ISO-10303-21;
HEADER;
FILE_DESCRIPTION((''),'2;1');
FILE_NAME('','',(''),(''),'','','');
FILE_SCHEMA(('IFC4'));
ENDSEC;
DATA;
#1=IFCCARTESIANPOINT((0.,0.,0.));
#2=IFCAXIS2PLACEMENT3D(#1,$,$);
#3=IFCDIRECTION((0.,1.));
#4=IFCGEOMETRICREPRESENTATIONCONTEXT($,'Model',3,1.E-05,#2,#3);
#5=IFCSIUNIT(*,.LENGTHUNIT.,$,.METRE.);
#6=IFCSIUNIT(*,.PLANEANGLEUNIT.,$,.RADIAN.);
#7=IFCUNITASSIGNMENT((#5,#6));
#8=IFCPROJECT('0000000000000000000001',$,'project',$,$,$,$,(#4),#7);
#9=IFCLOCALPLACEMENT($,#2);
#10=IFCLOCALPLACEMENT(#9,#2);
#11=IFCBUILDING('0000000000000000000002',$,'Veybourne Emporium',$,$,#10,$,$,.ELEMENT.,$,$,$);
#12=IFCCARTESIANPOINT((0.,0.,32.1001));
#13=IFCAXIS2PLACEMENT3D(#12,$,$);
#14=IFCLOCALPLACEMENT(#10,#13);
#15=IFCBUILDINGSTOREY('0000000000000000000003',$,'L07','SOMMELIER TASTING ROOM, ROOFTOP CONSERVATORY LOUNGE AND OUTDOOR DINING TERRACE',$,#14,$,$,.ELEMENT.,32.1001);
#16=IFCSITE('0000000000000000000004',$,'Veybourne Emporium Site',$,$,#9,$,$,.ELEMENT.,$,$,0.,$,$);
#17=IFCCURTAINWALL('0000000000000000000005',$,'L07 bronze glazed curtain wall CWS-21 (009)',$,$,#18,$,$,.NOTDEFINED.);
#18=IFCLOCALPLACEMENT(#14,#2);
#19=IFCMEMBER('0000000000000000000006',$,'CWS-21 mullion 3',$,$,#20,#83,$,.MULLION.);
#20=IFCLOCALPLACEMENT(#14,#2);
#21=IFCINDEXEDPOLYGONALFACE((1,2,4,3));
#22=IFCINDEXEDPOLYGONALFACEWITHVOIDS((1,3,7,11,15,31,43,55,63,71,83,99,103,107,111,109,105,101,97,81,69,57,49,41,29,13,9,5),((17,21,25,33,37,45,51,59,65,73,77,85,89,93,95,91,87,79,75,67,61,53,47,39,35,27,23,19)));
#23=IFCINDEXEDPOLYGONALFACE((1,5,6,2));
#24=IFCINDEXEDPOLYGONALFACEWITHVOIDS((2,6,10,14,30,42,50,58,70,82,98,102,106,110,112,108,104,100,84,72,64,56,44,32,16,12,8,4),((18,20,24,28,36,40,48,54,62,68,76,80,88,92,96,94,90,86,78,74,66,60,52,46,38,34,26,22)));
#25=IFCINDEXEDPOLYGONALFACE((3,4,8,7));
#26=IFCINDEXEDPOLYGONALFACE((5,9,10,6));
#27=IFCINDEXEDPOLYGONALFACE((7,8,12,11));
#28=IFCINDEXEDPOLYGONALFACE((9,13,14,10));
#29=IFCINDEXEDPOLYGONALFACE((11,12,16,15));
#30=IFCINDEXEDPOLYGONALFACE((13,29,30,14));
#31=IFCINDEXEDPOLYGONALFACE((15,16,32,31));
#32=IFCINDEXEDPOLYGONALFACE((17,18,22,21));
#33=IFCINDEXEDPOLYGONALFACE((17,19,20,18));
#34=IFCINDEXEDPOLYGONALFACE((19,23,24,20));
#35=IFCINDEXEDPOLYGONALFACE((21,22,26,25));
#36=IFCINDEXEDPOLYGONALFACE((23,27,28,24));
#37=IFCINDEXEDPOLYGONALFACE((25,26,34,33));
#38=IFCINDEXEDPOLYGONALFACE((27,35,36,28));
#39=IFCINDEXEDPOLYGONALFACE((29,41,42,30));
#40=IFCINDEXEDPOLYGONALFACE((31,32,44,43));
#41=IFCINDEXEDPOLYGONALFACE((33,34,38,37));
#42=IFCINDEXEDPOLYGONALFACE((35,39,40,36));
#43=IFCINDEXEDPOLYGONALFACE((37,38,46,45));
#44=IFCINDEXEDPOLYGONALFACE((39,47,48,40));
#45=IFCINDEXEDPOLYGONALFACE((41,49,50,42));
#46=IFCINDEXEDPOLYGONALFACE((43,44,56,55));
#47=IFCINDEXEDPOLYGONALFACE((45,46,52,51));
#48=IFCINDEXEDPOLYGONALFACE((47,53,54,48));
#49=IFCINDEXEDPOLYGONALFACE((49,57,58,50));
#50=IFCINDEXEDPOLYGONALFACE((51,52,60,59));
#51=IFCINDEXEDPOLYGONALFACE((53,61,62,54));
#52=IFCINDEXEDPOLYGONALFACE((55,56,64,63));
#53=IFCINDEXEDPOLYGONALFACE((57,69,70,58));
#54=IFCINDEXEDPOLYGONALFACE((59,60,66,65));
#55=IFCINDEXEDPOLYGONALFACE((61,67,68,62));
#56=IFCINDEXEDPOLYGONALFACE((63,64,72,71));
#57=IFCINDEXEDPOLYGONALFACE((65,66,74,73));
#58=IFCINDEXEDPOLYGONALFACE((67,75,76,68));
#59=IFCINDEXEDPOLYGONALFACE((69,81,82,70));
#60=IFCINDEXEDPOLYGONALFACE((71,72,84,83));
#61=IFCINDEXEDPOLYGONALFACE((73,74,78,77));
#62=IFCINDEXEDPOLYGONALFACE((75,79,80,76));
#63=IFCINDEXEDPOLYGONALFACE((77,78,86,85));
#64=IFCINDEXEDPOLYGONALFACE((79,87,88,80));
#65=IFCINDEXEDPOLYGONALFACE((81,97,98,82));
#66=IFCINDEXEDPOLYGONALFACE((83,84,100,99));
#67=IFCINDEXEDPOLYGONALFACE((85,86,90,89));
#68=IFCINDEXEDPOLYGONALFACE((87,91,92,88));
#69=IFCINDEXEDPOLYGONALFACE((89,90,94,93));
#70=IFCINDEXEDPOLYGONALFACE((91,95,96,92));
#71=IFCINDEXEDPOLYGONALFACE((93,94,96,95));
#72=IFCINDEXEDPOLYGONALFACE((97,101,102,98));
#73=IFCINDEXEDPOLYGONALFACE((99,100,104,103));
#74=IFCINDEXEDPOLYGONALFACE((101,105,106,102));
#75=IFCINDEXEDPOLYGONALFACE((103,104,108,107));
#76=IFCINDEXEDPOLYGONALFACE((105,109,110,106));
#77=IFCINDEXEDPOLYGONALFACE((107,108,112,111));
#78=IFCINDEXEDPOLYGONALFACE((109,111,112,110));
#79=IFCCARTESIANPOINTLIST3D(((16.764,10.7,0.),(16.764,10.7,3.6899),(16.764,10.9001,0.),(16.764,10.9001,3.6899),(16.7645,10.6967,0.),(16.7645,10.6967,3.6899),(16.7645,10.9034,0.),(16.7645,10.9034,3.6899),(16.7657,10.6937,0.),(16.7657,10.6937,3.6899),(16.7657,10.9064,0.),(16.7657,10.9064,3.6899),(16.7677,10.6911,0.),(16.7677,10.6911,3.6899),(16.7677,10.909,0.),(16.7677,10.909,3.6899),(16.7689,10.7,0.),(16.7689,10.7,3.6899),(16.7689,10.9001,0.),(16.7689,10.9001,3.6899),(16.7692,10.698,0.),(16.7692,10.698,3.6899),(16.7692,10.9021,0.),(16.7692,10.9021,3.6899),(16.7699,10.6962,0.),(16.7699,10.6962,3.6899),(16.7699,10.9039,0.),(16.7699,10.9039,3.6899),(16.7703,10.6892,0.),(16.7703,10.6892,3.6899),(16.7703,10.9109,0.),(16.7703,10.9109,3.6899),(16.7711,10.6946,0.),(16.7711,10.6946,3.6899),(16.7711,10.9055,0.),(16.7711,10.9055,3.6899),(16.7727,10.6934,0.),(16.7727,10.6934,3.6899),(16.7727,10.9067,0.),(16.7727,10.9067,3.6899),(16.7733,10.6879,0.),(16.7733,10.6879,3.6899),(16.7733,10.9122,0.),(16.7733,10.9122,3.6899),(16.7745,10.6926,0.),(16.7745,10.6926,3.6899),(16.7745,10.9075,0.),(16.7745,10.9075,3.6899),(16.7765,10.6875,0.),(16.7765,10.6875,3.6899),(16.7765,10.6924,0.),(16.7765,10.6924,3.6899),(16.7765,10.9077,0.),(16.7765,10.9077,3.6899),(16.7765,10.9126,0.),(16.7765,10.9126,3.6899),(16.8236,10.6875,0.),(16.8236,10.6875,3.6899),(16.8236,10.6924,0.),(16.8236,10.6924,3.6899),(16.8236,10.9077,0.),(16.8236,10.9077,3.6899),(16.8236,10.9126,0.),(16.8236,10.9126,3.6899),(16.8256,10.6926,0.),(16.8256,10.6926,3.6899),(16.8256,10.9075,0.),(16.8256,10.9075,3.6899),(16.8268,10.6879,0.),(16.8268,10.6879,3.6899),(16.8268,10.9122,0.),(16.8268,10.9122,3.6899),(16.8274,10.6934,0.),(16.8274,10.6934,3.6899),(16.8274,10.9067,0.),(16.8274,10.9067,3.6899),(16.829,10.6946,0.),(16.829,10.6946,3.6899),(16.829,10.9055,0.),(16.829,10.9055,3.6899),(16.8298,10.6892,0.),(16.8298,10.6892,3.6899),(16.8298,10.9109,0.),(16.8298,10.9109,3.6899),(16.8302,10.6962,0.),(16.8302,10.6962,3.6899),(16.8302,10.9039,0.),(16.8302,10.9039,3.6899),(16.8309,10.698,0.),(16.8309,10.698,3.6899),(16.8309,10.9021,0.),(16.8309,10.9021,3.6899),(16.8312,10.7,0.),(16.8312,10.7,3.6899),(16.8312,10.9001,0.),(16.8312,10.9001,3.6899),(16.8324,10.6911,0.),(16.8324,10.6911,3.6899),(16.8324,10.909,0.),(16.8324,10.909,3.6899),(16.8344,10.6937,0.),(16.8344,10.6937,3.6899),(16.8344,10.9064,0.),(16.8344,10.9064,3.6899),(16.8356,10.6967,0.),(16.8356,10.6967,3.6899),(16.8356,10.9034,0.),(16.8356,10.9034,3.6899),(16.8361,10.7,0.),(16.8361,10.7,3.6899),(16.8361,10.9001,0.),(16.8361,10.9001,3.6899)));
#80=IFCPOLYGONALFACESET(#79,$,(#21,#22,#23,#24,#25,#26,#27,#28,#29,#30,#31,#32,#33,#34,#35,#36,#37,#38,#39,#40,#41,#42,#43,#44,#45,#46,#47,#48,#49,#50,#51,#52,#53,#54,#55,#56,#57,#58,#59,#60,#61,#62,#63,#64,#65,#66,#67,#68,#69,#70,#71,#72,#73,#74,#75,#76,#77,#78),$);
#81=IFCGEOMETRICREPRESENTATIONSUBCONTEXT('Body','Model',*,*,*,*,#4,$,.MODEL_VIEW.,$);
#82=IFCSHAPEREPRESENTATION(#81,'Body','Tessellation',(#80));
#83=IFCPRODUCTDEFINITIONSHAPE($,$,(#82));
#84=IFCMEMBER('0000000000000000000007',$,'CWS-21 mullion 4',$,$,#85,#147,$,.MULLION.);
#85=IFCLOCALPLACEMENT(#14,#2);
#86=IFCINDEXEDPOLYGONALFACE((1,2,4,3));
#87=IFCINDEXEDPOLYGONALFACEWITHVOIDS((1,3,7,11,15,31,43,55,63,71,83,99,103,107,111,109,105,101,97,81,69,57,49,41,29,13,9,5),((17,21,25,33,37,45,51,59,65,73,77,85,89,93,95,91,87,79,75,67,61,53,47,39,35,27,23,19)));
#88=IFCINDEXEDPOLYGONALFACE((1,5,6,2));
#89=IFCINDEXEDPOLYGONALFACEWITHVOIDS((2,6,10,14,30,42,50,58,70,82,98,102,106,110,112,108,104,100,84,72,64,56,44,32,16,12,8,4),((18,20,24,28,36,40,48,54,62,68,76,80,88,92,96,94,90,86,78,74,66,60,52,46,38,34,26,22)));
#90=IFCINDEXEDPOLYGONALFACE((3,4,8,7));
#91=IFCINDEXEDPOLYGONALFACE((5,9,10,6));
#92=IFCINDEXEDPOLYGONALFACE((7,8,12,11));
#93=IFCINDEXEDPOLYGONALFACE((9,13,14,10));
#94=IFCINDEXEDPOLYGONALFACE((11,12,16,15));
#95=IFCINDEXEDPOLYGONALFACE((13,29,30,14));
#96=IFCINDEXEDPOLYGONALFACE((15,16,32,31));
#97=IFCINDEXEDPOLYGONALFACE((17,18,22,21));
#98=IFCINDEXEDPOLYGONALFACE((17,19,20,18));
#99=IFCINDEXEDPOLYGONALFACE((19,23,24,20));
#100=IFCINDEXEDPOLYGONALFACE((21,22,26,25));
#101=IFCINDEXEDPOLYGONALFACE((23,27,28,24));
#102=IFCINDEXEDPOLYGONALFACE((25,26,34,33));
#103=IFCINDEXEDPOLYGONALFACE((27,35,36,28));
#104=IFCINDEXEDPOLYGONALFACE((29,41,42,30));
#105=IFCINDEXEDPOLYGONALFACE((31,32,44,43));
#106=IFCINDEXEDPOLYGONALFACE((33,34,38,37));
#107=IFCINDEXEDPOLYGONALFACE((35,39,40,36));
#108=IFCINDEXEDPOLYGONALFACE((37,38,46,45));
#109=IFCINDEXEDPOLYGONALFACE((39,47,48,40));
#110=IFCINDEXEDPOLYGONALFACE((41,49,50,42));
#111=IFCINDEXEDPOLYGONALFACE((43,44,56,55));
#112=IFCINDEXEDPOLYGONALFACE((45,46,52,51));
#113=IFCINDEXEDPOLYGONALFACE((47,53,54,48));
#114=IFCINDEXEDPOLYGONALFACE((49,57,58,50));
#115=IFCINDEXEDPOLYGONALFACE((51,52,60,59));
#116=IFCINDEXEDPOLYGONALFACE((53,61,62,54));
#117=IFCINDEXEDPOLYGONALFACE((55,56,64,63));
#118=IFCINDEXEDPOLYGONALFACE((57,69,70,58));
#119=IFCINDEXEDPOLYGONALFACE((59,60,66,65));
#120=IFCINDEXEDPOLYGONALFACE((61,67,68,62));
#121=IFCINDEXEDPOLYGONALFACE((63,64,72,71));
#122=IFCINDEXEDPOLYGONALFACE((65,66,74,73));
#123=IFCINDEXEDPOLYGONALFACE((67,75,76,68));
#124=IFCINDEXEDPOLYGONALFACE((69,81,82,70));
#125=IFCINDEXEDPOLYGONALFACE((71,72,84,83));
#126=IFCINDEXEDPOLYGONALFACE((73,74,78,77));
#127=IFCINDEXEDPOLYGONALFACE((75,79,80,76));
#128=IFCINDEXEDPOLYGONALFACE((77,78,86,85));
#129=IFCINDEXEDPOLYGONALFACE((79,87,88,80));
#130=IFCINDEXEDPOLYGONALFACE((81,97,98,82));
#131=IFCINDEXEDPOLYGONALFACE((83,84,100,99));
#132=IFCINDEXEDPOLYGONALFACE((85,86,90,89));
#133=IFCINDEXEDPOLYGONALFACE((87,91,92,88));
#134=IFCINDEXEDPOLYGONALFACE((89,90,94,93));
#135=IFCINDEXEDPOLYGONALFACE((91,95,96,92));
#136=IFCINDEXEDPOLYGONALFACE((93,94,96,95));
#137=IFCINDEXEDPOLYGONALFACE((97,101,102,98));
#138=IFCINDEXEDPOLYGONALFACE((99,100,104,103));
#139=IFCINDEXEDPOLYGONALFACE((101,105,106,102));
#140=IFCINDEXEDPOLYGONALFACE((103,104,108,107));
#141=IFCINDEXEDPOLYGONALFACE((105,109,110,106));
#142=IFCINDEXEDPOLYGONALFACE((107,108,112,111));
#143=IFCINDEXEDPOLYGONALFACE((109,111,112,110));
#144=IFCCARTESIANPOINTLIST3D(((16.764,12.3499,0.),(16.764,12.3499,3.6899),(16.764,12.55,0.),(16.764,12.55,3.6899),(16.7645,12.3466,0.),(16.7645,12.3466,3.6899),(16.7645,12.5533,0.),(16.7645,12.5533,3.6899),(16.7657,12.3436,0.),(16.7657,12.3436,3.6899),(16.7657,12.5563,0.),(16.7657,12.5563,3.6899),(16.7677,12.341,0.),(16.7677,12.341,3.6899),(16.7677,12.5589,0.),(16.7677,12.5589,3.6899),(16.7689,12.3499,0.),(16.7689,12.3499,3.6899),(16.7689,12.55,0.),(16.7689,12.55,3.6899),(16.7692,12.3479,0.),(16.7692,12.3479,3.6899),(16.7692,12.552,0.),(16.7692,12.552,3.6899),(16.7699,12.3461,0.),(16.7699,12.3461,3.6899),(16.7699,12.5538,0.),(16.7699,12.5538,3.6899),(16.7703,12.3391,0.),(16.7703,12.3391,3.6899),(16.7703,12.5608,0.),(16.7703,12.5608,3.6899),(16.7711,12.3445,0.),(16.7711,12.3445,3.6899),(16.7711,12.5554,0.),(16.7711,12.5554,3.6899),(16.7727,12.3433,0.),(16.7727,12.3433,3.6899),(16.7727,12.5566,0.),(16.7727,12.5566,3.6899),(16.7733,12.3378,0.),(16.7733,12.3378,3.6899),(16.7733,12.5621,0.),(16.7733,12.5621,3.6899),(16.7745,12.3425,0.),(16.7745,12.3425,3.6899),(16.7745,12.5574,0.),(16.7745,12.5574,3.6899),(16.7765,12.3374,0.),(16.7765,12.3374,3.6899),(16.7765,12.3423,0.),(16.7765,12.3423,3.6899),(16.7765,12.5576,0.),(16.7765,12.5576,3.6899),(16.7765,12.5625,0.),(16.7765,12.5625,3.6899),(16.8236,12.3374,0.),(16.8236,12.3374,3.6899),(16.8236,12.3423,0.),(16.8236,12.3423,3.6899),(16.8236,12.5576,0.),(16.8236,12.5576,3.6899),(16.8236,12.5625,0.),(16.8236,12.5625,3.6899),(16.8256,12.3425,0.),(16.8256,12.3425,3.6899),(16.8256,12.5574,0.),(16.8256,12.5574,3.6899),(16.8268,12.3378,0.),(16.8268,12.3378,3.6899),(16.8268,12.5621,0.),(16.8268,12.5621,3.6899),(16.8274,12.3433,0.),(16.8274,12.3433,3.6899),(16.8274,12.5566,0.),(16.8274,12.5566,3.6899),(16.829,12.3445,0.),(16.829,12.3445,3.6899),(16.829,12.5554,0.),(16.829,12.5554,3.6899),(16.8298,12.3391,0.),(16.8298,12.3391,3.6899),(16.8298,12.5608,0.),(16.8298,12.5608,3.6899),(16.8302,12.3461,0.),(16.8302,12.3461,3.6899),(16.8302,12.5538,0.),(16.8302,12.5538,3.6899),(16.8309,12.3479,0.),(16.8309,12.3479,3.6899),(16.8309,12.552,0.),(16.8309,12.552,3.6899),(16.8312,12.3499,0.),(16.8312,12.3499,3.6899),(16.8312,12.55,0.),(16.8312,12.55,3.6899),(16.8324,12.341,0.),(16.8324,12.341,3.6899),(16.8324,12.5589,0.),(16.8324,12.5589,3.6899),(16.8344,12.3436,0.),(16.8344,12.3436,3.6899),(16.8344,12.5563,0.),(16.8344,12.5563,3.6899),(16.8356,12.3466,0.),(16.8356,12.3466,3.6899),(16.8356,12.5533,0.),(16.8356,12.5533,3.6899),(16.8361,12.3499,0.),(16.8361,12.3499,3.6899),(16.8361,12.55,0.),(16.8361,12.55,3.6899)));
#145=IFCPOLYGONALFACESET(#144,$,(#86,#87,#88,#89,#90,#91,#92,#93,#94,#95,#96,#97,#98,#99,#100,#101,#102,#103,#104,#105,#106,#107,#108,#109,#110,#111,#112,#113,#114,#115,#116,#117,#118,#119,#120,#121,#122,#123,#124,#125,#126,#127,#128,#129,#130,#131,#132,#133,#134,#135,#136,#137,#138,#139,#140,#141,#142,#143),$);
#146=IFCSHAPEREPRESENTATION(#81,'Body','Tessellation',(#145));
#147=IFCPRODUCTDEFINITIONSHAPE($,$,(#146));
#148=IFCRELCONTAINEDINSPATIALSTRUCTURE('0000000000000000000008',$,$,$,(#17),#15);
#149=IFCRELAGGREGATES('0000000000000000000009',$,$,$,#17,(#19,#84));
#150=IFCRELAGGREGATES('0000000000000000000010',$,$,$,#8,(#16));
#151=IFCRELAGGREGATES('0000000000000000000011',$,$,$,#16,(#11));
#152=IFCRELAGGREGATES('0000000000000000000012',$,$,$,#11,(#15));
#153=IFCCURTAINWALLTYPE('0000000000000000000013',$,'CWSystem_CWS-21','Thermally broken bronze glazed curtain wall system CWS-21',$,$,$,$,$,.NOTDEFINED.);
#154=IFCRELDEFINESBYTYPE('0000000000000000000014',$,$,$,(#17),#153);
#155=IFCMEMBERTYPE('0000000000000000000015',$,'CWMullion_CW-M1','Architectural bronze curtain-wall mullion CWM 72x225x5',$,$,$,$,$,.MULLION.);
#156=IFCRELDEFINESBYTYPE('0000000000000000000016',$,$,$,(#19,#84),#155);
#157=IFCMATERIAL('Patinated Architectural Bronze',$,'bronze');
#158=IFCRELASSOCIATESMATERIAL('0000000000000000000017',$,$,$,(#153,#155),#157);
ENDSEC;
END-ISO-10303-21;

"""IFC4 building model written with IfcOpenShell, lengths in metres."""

from ifc_helpers import new_model, si_unit, direction, frame, origin, origin_2d, place, context, subcontext, project, spatial, hollow_rectangle, extrude, material, material_profile, profile_set, type_object, element, aggregate, save


model = new_model("IFC4")

# Units and contexts
model_context = context("Model", 3, precision=1e-05, world=origin(), true_north=direction((0.0, 1.0)))
body_context = subcontext(model_context, "Body", "Model", "MODEL_VIEW")
ifc_project = project(units=[si_unit("LENGTHUNIT", "METRE"), si_unit("PLANEANGLEUNIT", "RADIAN")], contexts=[model_context])

# Site, building, storey
site_placement = place(None, origin())
site = spatial("IfcSite", under=ifc_project, at=site_placement, Name="Veybourne Emporium Site", CompositionType="ELEMENT", RefElevation=0.0)
building_placement = place(site_placement, origin())
building = spatial("IfcBuilding", under=site, at=building_placement, Name="Veybourne Emporium", CompositionType="ELEMENT")
storey_placement = place(building_placement, frame((0.0, 0.0, 32.1001)))
storey = spatial("IfcBuildingStorey", under=building, at=storey_placement, Name="L07", Description="SOMMELIER TASTING ROOM, ROOFTOP CONSERVATORY LOUNGE AND OUTDOOR DINING TERRACE", CompositionType="ELEMENT", Elevation=32.1001)

# Curtain wall, members
ifc_material_1 = material(Name="Patinated Architectural Bronze", Category="bronze")
curtain_wall_type_1 = type_object("IfcCurtainWallType", Name="CWSystem_CWS-21", Description="Thermally broken bronze glazed curtain wall system CWS-21", PredefinedType="NOTDEFINED", material=ifc_material_1)
curtain_wall_1_placement = place(storey_placement, origin())
curtain_wall_1 = element("IfcCurtainWall", 1, at=curtain_wall_1_placement, inside=storey, type_object=curtain_wall_type_1, Name="L07 bronze glazed curtain wall CWS-21 (009)", PredefinedType="NOTDEFINED")
ifc_material_profile_1 = material_profile(ifc_material_1, hollow_rectangle(XDim=0.072, YDim=0.2251, WallThickness=0.0049, InnerFilletRadius=0.0076, OuterFilletRadius=0.0125, at=origin_2d()), Name="CWM 72x225x5")
ifc_profile_set_1 = profile_set([ifc_material_profile_1], Name="Patinated Architectural Bronze")
member_type_1 = type_object("IfcMemberType", Name="CWMullion_CW-M1", Description="Architectural bronze curtain-wall mullion CWM 72x225x5", PredefinedType="MULLION", material=ifc_profile_set_1)
member_1_placement = place(storey_placement, frame((16.8, 10.8, 0.0), z_axis=(0.0, 0.0, 1.0), x_axis=(-1.0, 0.0, 0.0)))
member_1 = element("IfcMember", 2, at=member_1_placement, type_object=member_type_1, Name="CWS-21 mullion 3", PredefinedType="MULLION", context=body_context, shape_type="SweptSolid", body=[
    extrude(hollow_rectangle(XDim=0.072, YDim=0.2251, WallThickness=0.0049, InnerFilletRadius=0.0076, OuterFilletRadius=0.0125, at=origin_2d()), origin(), (0.0, 0.0, 1.0), 3.6899),
])
member_2_placement = place(storey_placement, frame((16.8, 12.45, 0.0), z_axis=(0.0, 0.0, 1.0), x_axis=(-1.0, 0.0, 0.0)))
member_2 = element("IfcMember", 3, at=member_2_placement, type_object=member_type_1, Name="CWS-21 mullion 4", PredefinedType="MULLION", context=body_context, shape_type="SweptSolid", body=[
    extrude(hollow_rectangle(XDim=0.072, YDim=0.2251, WallThickness=0.0049, InnerFilletRadius=0.0076, OuterFilletRadius=0.0125, at=origin_2d()), origin(), (0.0, 0.0, 1.0), 3.6899),
])

aggregate(curtain_wall_1, [member_1, member_2])

save(model, "model.ifc")
